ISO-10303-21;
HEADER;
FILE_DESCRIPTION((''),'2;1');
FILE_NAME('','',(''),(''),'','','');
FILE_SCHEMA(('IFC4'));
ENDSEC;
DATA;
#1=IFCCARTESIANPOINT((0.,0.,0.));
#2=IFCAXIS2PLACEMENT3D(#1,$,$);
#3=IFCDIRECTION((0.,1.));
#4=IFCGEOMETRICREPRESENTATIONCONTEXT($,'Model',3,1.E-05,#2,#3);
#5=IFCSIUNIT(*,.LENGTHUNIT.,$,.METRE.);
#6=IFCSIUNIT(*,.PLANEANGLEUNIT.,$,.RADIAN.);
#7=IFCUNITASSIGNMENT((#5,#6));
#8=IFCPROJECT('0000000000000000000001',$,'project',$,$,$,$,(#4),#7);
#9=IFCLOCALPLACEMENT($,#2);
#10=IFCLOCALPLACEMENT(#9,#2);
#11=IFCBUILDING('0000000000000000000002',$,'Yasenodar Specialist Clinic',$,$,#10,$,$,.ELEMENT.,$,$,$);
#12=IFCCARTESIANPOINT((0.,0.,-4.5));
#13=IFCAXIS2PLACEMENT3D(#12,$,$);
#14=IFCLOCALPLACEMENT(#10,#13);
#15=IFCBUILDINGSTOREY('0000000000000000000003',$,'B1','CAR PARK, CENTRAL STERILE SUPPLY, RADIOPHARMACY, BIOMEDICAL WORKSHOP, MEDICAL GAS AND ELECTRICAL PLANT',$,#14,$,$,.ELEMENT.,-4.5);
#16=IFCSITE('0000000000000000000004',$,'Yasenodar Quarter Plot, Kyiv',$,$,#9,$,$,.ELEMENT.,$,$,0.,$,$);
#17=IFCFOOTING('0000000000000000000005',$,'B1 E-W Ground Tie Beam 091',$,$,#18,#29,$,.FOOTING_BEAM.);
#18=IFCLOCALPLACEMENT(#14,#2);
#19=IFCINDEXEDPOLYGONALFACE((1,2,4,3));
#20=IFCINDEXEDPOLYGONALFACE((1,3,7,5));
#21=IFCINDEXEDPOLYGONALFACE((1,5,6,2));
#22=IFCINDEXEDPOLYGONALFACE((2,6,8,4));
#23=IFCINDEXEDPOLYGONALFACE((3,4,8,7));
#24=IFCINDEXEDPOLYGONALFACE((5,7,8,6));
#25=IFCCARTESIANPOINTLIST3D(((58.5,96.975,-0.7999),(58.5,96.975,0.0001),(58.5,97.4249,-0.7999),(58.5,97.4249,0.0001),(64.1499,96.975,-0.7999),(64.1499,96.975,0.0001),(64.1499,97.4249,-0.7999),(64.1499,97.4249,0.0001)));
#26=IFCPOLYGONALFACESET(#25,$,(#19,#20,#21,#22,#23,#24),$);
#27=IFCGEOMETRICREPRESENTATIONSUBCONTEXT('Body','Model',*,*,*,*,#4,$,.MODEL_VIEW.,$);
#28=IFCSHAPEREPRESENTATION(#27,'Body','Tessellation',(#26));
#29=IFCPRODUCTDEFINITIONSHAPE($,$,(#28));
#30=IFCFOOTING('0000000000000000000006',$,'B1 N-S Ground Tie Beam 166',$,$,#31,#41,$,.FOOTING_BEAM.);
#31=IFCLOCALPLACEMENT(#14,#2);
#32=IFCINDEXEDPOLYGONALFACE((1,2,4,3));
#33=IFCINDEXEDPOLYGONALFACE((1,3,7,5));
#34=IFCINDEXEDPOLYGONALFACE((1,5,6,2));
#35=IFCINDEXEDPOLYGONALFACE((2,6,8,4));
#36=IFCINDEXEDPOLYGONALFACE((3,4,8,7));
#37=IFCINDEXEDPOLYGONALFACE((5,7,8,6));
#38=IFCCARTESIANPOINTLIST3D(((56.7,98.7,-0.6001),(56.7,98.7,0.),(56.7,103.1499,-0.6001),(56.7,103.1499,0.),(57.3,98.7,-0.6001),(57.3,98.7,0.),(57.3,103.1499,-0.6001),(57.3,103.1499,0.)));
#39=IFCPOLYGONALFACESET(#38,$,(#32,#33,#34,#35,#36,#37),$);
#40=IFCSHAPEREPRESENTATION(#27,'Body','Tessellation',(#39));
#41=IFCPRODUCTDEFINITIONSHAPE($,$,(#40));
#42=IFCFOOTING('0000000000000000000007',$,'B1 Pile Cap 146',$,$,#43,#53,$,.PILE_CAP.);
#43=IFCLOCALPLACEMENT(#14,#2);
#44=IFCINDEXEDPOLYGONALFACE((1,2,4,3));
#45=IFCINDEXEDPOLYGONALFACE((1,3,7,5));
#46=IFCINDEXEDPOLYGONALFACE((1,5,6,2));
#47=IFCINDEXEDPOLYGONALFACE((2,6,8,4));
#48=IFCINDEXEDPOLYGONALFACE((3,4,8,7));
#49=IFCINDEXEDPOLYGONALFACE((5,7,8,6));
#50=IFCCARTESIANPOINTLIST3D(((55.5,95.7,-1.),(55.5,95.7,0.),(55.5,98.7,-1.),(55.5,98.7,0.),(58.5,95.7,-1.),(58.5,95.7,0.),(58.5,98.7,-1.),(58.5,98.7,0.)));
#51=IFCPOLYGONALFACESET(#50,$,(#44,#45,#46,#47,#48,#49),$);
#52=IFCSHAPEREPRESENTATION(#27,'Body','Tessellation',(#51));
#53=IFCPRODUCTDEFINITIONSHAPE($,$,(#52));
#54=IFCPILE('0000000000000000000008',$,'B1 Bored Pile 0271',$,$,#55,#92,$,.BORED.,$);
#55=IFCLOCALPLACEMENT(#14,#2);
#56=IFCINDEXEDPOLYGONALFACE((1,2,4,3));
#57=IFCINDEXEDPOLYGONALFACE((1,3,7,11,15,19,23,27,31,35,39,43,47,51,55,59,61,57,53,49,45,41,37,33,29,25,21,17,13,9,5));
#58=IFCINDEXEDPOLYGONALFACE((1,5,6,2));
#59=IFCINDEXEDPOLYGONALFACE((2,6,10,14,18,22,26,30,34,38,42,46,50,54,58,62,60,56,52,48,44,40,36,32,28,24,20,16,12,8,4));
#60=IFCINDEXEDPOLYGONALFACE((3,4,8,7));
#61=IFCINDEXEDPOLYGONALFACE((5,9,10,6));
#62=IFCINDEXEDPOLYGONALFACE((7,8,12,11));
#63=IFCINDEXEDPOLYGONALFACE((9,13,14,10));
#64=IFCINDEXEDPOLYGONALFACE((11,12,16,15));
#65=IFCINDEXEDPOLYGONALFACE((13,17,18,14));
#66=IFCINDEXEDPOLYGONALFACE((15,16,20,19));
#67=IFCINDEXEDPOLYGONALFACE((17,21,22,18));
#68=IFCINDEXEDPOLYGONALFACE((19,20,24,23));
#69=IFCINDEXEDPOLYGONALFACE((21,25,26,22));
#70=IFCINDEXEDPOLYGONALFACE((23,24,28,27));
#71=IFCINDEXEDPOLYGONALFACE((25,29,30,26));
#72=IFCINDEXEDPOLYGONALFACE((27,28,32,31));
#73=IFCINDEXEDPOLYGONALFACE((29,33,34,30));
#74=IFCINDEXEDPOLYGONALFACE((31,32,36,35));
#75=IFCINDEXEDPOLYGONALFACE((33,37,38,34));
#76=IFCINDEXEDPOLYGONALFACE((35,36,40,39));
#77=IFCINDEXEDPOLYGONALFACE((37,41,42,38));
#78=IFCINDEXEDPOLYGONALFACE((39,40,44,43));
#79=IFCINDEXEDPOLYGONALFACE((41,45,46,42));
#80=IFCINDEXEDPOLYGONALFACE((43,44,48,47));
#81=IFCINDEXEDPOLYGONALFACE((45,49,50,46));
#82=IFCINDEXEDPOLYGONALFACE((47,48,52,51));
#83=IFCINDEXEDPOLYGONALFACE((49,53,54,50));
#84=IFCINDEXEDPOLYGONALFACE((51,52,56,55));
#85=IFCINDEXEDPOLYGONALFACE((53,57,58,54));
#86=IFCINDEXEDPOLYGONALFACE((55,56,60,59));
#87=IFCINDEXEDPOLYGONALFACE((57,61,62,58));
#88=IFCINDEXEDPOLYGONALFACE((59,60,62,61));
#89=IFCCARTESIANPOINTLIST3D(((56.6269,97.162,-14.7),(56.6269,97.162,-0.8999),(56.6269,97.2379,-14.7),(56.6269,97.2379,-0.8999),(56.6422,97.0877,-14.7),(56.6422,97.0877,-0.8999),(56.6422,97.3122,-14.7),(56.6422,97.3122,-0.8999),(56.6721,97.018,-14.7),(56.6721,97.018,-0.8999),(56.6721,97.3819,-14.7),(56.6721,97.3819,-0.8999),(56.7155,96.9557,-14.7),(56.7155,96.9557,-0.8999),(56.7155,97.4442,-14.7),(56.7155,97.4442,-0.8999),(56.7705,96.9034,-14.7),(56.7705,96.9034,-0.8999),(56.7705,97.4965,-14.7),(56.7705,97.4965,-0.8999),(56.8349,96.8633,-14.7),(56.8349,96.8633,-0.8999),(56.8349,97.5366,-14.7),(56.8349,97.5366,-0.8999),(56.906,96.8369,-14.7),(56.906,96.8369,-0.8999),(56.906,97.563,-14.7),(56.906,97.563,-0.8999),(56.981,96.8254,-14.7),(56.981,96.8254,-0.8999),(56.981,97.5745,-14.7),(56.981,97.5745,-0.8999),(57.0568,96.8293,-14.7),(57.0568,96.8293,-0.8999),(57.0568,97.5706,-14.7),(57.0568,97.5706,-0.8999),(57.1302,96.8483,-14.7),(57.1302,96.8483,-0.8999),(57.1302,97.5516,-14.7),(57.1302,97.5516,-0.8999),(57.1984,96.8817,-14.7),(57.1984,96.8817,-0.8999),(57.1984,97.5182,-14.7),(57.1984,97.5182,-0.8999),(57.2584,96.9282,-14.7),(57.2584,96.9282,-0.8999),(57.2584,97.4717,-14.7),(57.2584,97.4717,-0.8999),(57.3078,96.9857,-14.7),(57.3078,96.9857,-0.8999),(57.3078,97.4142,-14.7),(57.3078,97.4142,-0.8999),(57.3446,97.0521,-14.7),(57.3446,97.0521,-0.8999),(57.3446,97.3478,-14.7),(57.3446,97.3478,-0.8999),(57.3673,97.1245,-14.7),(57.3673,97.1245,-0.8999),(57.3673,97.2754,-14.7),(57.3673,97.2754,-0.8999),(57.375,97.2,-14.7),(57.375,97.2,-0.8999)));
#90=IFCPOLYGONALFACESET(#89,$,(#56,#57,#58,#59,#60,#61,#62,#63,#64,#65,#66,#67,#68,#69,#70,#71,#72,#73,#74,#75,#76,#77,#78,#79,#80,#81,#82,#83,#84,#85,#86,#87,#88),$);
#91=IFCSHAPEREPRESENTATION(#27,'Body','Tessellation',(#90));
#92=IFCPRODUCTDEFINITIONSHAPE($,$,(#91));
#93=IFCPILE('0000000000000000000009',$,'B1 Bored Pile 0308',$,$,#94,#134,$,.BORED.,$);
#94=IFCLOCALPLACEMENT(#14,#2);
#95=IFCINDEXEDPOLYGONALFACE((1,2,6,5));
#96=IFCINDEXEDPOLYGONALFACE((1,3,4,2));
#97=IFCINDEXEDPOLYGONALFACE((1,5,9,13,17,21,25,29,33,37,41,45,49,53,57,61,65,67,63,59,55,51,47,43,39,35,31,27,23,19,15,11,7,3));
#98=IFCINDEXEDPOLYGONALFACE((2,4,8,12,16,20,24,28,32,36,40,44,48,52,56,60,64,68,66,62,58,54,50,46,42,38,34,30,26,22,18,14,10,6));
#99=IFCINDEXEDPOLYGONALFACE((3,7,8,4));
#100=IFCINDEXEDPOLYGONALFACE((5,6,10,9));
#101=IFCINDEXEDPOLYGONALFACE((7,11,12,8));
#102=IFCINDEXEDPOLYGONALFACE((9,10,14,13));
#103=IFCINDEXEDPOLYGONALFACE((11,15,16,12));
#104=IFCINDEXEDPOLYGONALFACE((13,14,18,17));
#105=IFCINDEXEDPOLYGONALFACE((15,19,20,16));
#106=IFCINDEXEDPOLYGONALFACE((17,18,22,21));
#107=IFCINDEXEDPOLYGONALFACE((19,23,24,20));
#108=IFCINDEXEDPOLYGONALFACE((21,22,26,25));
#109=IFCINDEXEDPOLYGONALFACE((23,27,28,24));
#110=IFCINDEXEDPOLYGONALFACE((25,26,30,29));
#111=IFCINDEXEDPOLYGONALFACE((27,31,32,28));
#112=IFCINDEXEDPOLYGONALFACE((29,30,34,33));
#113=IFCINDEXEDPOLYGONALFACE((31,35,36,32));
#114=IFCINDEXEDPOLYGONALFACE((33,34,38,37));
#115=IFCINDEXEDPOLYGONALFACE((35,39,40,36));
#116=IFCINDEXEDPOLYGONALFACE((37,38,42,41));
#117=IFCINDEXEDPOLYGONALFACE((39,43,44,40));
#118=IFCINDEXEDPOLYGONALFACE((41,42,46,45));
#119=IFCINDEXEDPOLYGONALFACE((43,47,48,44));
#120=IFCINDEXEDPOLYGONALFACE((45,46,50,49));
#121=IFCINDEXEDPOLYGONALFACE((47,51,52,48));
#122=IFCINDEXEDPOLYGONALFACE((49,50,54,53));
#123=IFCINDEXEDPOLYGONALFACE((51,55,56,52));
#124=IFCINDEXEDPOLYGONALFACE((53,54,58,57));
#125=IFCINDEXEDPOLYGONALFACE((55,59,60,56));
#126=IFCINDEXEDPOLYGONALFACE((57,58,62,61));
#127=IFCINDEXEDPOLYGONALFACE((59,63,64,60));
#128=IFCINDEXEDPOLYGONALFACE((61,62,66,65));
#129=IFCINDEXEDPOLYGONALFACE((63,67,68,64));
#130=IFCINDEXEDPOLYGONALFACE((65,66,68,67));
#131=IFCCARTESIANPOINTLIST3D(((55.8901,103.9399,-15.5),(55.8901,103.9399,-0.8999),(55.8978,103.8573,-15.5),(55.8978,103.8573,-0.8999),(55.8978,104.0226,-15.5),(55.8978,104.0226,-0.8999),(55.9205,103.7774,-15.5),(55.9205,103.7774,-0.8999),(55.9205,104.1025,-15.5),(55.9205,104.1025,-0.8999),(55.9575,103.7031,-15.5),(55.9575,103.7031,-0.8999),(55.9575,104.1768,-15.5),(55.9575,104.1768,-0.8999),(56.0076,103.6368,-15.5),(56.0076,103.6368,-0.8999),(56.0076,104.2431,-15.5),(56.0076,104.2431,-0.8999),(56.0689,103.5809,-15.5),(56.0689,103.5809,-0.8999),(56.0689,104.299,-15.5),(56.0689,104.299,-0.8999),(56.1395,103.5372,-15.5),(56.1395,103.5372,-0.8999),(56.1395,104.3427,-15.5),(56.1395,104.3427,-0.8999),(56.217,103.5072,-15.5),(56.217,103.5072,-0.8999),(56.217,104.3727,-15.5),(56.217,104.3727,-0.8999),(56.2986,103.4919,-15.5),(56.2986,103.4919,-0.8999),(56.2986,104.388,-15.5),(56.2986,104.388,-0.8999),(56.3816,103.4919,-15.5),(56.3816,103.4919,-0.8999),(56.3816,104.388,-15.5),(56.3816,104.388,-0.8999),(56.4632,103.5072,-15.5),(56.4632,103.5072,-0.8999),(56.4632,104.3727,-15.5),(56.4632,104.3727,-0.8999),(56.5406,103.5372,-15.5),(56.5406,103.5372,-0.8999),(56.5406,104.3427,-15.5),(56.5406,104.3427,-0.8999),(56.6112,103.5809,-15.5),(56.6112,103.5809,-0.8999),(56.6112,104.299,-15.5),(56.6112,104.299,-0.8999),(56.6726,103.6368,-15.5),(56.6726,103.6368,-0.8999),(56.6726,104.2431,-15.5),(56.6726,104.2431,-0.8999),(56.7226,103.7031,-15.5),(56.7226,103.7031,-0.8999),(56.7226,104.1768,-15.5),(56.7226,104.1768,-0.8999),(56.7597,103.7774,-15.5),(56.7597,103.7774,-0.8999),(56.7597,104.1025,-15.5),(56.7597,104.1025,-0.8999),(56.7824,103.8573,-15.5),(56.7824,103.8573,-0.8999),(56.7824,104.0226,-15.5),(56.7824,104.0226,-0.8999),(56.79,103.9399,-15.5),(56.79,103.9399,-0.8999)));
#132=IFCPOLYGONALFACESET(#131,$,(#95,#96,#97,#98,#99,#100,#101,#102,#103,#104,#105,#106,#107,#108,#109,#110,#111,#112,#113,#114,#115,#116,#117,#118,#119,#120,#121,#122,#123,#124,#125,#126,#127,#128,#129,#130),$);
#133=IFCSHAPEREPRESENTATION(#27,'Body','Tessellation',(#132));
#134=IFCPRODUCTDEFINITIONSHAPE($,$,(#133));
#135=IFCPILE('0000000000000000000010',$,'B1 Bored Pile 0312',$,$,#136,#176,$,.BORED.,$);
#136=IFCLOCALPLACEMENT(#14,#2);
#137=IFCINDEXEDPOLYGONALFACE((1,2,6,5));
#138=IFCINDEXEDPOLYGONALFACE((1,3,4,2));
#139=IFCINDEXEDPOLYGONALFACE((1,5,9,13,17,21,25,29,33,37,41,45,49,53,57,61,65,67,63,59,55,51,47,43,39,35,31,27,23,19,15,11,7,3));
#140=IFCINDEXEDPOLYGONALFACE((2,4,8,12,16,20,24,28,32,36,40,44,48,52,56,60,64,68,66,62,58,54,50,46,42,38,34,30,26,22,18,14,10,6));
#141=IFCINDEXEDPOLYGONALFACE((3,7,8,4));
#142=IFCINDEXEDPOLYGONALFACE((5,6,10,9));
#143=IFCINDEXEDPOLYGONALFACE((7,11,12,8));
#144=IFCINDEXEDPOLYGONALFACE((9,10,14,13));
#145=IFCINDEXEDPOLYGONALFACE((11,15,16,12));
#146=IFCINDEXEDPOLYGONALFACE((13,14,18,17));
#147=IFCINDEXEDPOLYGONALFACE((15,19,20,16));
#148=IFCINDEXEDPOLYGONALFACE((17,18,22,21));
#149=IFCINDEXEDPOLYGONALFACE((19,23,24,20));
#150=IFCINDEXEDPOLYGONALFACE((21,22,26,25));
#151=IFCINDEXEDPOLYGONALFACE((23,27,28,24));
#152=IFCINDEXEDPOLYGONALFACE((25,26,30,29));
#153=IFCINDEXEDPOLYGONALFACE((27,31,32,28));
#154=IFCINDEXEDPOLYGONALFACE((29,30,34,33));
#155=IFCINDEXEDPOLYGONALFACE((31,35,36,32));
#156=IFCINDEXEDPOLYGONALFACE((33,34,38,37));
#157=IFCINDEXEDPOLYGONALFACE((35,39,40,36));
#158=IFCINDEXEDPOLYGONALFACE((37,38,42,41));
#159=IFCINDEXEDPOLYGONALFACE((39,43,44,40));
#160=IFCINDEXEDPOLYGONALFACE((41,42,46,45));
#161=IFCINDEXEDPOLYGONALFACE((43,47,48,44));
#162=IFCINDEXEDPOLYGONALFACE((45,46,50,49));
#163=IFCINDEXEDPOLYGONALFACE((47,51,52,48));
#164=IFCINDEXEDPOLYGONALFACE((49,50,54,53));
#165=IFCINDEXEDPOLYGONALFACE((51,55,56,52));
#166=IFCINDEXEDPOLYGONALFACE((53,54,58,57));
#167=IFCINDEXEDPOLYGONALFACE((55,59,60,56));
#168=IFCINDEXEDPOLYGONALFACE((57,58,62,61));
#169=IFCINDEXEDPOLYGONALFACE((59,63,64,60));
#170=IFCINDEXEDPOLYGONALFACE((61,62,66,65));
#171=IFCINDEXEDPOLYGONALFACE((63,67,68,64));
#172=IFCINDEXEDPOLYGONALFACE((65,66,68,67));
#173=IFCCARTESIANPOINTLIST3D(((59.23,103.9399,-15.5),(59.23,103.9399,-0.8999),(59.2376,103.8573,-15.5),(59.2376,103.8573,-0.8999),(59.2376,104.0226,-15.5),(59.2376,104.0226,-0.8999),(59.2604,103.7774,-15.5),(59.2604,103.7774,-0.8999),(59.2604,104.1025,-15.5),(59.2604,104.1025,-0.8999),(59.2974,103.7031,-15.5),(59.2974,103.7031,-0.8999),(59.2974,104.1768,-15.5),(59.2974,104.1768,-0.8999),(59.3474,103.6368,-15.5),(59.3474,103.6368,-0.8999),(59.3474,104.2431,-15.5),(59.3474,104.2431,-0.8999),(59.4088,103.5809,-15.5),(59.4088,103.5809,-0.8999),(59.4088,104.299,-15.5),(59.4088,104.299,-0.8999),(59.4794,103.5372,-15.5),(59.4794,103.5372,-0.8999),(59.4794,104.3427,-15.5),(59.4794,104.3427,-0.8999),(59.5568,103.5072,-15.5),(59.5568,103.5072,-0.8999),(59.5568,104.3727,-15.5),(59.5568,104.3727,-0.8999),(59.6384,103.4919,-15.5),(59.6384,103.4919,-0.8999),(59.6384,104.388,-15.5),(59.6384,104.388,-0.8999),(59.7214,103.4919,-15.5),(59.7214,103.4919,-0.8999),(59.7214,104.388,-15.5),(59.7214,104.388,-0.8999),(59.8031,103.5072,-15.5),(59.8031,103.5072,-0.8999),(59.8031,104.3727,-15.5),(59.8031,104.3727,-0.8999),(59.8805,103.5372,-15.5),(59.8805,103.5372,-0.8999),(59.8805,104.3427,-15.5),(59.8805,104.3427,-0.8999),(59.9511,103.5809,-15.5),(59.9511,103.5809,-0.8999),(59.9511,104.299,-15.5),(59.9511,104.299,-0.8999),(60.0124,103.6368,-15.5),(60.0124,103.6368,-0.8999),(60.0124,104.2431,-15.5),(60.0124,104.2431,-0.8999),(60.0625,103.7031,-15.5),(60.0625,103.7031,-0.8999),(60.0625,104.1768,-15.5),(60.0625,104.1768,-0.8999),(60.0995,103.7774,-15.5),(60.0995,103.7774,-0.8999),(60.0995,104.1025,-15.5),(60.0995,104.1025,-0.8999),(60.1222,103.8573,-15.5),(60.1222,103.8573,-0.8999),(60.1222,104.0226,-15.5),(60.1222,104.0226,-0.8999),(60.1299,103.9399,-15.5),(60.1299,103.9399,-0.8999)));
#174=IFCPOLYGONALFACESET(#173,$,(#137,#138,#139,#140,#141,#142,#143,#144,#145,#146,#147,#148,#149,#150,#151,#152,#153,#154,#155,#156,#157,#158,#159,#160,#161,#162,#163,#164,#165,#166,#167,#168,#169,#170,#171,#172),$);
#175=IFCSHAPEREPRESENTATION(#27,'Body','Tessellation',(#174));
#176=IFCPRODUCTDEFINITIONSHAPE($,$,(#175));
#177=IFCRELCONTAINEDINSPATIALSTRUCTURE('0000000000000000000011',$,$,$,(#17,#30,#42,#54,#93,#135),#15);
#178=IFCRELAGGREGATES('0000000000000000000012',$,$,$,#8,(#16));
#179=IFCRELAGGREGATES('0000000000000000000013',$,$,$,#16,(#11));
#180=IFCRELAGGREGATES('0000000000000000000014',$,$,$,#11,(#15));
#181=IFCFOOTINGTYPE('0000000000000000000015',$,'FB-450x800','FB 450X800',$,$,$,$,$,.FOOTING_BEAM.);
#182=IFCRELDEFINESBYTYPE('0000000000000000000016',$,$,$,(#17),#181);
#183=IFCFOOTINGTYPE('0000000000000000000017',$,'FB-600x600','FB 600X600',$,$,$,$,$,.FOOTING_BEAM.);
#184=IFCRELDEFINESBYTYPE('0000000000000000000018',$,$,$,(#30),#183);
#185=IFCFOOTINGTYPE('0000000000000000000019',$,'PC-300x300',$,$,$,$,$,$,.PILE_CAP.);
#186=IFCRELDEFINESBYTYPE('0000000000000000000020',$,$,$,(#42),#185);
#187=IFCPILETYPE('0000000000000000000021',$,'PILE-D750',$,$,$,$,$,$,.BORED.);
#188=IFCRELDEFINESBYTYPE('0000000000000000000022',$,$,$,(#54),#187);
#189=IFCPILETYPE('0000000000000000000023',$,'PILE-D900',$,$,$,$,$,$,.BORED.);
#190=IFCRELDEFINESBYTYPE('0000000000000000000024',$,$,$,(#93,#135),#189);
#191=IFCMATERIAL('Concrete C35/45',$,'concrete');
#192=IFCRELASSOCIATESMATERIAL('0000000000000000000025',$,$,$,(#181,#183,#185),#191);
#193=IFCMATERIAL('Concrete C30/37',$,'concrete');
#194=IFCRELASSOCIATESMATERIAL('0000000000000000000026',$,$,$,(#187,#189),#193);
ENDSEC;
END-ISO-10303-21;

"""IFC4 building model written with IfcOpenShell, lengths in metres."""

from ifc_helpers import new_model, si_unit, direction, frame, origin, origin_2d, place, context, subcontext, project, spatial, rectangle, circle, extrude, material, material_profile, profile_set, type_object, element, save


model = new_model("IFC4")

# Units and contexts
model_context = context("Model", 3, precision=1e-05, world=origin(), true_north=direction((0.0, 1.0)))
body_context = subcontext(model_context, "Body", "Model", "MODEL_VIEW")
ifc_project = project(units=[si_unit("LENGTHUNIT", "METRE"), si_unit("PLANEANGLEUNIT", "RADIAN")], contexts=[model_context])

# Site, building, storey
site_placement = place(None, origin())
site = spatial("IfcSite", under=ifc_project, at=site_placement, Name="Yasenodar Quarter Plot, Kyiv", CompositionType="ELEMENT", RefElevation=0.0)
building_placement = place(site_placement, origin())
building = spatial("IfcBuilding", under=site, at=building_placement, Name="Yasenodar Specialist Clinic", CompositionType="ELEMENT")
storey_placement = place(building_placement, frame((0.0, 0.0, -4.5)))
storey = spatial("IfcBuildingStorey", under=building, at=storey_placement, Name="B1", Description="CAR PARK, CENTRAL STERILE SUPPLY, RADIOPHARMACY, BIOMEDICAL WORKSHOP, MEDICAL GAS AND ELECTRICAL PLANT", CompositionType="ELEMENT", Elevation=-4.5)

# Footings
ifc_material_1 = material(Name="Concrete C35/45", Category="concrete")
ifc_material_profile_1 = material_profile(ifc_material_1, rectangle(XDim=0.45, YDim=0.8, at=origin_2d()), Name="RC 450x800")
ifc_profile_set_1 = profile_set([ifc_material_profile_1], Name="Concrete C35/45")
footing_type_1 = type_object("IfcFootingType", Name="FB-450x800", Description="FB 450X800", PredefinedType="FOOTING_BEAM", material=ifc_profile_set_1)
footing_1_placement = place(storey_placement, frame((58.5, 97.2, -0.3999), z_axis=(1.0, 0.0, 0.0), x_axis=(0.0, 1.0, 0.0)))
element("IfcFooting", 1, at=footing_1_placement, inside=storey, type_object=footing_type_1, Name="B1 E-W Ground Tie Beam 091", PredefinedType="FOOTING_BEAM", context=body_context, shape_type="SweptSolid", body=[
    extrude(rectangle(XDim=0.45, YDim=0.8, at=origin_2d()), origin(), (0.0, 0.0, 1.0), 5.6499),
])
ifc_material_profile_2 = material_profile(ifc_material_1, rectangle(XDim=0.6001, YDim=0.6001, at=origin_2d()), Name="RC 600x600")
ifc_profile_set_2 = profile_set([ifc_material_profile_2], Name="Concrete C35/45")
footing_type_2 = type_object("IfcFootingType", Name="FB-600x600", Description="FB 600X600", PredefinedType="FOOTING_BEAM", material=ifc_profile_set_2)
footing_2_placement = place(storey_placement, frame((57.0, 98.7, -0.3), z_axis=(0.0, 1.0, 0.0), x_axis=(-1.0, 0.0, 0.0)))
element("IfcFooting", 2, at=footing_2_placement, inside=storey, type_object=footing_type_2, Name="B1 N-S Ground Tie Beam 166", PredefinedType="FOOTING_BEAM", context=body_context, shape_type="SweptSolid", body=[
    extrude(rectangle(XDim=0.6001, YDim=0.6001, at=origin_2d()), origin(), (0.0, 0.0, 1.0), 4.45),
])
footing_type_3 = type_object("IfcFootingType", Name="PC-300x300", PredefinedType="PILE_CAP", material=ifc_material_1)
footing_3_placement = place(storey_placement, frame((57.0, 97.2, -1.0), z_axis=(0.0, 0.0, 1.0), x_axis=(1.0, 0.0, 0.0)))
element("IfcFooting", 3, at=footing_3_placement, inside=storey, type_object=footing_type_3, Name="B1 Pile Cap 146", PredefinedType="PILE_CAP", context=body_context, shape_type="SweptSolid", body=[
    extrude(rectangle(XDim=3.0, YDim=3.0, at=origin_2d()), origin(), (0.0, 0.0, 1.0), 1.0),
])

# Piles
ifc_material_2 = material(Name="Concrete C30/37", Category="concrete")
ifc_material_profile_3 = material_profile(ifc_material_2, circle(Radius=0.375, at=origin_2d()), Name="PILE D750")
ifc_profile_set_3 = profile_set([ifc_material_profile_3], Name="Concrete C30/37")
pile_type_1 = type_object("IfcPileType", Name="PILE-D750", PredefinedType="BORED", material=ifc_profile_set_3)
pile_placement = place(storey_placement, frame((57.0, 97.2, -0.8999), z_axis=(0.0, 0.0, -1.0), x_axis=(1.0, 0.0, 0.0)))
element("IfcPile", 4, at=pile_placement, inside=storey, type_object=pile_type_1, Name="B1 Bored Pile 0271", PredefinedType="BORED", context=body_context, shape_type="SweptSolid", body=[
    extrude(circle(Radius=0.375, at=origin_2d()), origin(), (0.0, 0.0, 1.0), 13.8),
])
ifc_material_profile_4 = material_profile(ifc_material_2, circle(Radius=0.45, at=origin_2d()), Name="PILE D900")
ifc_profile_set_4 = profile_set([ifc_material_profile_4], Name="Concrete C30/37")
pile_type_2 = type_object("IfcPileType", Name="PILE-D900", PredefinedType="BORED", material=ifc_profile_set_4)
for number, where, z_axis, x_axis, name in (
    (5, (56.3401, 103.9399, -0.8999), (0.0, 0.0, -1.0), (1.0, 0.0, 0.0), "B1 Bored Pile 0308"),
    (6, (59.6799, 103.9399, -0.8999), (0.0, 0.0, -1.0), (1.0, 0.0, 0.0), "B1 Bored Pile 0312"),
):
    element("IfcPile", number, at=place(storey_placement, frame(where, z_axis=z_axis, x_axis=x_axis)), inside=storey, type_object=pile_type_2, Name=name, PredefinedType="BORED", context=body_context, shape_type="SweptSolid", body=[
        extrude(circle(Radius=0.45, at=origin_2d()), origin(), (0.0, 0.0, 1.0), 14.6001),
    ])

save(model, "model.ifc")
